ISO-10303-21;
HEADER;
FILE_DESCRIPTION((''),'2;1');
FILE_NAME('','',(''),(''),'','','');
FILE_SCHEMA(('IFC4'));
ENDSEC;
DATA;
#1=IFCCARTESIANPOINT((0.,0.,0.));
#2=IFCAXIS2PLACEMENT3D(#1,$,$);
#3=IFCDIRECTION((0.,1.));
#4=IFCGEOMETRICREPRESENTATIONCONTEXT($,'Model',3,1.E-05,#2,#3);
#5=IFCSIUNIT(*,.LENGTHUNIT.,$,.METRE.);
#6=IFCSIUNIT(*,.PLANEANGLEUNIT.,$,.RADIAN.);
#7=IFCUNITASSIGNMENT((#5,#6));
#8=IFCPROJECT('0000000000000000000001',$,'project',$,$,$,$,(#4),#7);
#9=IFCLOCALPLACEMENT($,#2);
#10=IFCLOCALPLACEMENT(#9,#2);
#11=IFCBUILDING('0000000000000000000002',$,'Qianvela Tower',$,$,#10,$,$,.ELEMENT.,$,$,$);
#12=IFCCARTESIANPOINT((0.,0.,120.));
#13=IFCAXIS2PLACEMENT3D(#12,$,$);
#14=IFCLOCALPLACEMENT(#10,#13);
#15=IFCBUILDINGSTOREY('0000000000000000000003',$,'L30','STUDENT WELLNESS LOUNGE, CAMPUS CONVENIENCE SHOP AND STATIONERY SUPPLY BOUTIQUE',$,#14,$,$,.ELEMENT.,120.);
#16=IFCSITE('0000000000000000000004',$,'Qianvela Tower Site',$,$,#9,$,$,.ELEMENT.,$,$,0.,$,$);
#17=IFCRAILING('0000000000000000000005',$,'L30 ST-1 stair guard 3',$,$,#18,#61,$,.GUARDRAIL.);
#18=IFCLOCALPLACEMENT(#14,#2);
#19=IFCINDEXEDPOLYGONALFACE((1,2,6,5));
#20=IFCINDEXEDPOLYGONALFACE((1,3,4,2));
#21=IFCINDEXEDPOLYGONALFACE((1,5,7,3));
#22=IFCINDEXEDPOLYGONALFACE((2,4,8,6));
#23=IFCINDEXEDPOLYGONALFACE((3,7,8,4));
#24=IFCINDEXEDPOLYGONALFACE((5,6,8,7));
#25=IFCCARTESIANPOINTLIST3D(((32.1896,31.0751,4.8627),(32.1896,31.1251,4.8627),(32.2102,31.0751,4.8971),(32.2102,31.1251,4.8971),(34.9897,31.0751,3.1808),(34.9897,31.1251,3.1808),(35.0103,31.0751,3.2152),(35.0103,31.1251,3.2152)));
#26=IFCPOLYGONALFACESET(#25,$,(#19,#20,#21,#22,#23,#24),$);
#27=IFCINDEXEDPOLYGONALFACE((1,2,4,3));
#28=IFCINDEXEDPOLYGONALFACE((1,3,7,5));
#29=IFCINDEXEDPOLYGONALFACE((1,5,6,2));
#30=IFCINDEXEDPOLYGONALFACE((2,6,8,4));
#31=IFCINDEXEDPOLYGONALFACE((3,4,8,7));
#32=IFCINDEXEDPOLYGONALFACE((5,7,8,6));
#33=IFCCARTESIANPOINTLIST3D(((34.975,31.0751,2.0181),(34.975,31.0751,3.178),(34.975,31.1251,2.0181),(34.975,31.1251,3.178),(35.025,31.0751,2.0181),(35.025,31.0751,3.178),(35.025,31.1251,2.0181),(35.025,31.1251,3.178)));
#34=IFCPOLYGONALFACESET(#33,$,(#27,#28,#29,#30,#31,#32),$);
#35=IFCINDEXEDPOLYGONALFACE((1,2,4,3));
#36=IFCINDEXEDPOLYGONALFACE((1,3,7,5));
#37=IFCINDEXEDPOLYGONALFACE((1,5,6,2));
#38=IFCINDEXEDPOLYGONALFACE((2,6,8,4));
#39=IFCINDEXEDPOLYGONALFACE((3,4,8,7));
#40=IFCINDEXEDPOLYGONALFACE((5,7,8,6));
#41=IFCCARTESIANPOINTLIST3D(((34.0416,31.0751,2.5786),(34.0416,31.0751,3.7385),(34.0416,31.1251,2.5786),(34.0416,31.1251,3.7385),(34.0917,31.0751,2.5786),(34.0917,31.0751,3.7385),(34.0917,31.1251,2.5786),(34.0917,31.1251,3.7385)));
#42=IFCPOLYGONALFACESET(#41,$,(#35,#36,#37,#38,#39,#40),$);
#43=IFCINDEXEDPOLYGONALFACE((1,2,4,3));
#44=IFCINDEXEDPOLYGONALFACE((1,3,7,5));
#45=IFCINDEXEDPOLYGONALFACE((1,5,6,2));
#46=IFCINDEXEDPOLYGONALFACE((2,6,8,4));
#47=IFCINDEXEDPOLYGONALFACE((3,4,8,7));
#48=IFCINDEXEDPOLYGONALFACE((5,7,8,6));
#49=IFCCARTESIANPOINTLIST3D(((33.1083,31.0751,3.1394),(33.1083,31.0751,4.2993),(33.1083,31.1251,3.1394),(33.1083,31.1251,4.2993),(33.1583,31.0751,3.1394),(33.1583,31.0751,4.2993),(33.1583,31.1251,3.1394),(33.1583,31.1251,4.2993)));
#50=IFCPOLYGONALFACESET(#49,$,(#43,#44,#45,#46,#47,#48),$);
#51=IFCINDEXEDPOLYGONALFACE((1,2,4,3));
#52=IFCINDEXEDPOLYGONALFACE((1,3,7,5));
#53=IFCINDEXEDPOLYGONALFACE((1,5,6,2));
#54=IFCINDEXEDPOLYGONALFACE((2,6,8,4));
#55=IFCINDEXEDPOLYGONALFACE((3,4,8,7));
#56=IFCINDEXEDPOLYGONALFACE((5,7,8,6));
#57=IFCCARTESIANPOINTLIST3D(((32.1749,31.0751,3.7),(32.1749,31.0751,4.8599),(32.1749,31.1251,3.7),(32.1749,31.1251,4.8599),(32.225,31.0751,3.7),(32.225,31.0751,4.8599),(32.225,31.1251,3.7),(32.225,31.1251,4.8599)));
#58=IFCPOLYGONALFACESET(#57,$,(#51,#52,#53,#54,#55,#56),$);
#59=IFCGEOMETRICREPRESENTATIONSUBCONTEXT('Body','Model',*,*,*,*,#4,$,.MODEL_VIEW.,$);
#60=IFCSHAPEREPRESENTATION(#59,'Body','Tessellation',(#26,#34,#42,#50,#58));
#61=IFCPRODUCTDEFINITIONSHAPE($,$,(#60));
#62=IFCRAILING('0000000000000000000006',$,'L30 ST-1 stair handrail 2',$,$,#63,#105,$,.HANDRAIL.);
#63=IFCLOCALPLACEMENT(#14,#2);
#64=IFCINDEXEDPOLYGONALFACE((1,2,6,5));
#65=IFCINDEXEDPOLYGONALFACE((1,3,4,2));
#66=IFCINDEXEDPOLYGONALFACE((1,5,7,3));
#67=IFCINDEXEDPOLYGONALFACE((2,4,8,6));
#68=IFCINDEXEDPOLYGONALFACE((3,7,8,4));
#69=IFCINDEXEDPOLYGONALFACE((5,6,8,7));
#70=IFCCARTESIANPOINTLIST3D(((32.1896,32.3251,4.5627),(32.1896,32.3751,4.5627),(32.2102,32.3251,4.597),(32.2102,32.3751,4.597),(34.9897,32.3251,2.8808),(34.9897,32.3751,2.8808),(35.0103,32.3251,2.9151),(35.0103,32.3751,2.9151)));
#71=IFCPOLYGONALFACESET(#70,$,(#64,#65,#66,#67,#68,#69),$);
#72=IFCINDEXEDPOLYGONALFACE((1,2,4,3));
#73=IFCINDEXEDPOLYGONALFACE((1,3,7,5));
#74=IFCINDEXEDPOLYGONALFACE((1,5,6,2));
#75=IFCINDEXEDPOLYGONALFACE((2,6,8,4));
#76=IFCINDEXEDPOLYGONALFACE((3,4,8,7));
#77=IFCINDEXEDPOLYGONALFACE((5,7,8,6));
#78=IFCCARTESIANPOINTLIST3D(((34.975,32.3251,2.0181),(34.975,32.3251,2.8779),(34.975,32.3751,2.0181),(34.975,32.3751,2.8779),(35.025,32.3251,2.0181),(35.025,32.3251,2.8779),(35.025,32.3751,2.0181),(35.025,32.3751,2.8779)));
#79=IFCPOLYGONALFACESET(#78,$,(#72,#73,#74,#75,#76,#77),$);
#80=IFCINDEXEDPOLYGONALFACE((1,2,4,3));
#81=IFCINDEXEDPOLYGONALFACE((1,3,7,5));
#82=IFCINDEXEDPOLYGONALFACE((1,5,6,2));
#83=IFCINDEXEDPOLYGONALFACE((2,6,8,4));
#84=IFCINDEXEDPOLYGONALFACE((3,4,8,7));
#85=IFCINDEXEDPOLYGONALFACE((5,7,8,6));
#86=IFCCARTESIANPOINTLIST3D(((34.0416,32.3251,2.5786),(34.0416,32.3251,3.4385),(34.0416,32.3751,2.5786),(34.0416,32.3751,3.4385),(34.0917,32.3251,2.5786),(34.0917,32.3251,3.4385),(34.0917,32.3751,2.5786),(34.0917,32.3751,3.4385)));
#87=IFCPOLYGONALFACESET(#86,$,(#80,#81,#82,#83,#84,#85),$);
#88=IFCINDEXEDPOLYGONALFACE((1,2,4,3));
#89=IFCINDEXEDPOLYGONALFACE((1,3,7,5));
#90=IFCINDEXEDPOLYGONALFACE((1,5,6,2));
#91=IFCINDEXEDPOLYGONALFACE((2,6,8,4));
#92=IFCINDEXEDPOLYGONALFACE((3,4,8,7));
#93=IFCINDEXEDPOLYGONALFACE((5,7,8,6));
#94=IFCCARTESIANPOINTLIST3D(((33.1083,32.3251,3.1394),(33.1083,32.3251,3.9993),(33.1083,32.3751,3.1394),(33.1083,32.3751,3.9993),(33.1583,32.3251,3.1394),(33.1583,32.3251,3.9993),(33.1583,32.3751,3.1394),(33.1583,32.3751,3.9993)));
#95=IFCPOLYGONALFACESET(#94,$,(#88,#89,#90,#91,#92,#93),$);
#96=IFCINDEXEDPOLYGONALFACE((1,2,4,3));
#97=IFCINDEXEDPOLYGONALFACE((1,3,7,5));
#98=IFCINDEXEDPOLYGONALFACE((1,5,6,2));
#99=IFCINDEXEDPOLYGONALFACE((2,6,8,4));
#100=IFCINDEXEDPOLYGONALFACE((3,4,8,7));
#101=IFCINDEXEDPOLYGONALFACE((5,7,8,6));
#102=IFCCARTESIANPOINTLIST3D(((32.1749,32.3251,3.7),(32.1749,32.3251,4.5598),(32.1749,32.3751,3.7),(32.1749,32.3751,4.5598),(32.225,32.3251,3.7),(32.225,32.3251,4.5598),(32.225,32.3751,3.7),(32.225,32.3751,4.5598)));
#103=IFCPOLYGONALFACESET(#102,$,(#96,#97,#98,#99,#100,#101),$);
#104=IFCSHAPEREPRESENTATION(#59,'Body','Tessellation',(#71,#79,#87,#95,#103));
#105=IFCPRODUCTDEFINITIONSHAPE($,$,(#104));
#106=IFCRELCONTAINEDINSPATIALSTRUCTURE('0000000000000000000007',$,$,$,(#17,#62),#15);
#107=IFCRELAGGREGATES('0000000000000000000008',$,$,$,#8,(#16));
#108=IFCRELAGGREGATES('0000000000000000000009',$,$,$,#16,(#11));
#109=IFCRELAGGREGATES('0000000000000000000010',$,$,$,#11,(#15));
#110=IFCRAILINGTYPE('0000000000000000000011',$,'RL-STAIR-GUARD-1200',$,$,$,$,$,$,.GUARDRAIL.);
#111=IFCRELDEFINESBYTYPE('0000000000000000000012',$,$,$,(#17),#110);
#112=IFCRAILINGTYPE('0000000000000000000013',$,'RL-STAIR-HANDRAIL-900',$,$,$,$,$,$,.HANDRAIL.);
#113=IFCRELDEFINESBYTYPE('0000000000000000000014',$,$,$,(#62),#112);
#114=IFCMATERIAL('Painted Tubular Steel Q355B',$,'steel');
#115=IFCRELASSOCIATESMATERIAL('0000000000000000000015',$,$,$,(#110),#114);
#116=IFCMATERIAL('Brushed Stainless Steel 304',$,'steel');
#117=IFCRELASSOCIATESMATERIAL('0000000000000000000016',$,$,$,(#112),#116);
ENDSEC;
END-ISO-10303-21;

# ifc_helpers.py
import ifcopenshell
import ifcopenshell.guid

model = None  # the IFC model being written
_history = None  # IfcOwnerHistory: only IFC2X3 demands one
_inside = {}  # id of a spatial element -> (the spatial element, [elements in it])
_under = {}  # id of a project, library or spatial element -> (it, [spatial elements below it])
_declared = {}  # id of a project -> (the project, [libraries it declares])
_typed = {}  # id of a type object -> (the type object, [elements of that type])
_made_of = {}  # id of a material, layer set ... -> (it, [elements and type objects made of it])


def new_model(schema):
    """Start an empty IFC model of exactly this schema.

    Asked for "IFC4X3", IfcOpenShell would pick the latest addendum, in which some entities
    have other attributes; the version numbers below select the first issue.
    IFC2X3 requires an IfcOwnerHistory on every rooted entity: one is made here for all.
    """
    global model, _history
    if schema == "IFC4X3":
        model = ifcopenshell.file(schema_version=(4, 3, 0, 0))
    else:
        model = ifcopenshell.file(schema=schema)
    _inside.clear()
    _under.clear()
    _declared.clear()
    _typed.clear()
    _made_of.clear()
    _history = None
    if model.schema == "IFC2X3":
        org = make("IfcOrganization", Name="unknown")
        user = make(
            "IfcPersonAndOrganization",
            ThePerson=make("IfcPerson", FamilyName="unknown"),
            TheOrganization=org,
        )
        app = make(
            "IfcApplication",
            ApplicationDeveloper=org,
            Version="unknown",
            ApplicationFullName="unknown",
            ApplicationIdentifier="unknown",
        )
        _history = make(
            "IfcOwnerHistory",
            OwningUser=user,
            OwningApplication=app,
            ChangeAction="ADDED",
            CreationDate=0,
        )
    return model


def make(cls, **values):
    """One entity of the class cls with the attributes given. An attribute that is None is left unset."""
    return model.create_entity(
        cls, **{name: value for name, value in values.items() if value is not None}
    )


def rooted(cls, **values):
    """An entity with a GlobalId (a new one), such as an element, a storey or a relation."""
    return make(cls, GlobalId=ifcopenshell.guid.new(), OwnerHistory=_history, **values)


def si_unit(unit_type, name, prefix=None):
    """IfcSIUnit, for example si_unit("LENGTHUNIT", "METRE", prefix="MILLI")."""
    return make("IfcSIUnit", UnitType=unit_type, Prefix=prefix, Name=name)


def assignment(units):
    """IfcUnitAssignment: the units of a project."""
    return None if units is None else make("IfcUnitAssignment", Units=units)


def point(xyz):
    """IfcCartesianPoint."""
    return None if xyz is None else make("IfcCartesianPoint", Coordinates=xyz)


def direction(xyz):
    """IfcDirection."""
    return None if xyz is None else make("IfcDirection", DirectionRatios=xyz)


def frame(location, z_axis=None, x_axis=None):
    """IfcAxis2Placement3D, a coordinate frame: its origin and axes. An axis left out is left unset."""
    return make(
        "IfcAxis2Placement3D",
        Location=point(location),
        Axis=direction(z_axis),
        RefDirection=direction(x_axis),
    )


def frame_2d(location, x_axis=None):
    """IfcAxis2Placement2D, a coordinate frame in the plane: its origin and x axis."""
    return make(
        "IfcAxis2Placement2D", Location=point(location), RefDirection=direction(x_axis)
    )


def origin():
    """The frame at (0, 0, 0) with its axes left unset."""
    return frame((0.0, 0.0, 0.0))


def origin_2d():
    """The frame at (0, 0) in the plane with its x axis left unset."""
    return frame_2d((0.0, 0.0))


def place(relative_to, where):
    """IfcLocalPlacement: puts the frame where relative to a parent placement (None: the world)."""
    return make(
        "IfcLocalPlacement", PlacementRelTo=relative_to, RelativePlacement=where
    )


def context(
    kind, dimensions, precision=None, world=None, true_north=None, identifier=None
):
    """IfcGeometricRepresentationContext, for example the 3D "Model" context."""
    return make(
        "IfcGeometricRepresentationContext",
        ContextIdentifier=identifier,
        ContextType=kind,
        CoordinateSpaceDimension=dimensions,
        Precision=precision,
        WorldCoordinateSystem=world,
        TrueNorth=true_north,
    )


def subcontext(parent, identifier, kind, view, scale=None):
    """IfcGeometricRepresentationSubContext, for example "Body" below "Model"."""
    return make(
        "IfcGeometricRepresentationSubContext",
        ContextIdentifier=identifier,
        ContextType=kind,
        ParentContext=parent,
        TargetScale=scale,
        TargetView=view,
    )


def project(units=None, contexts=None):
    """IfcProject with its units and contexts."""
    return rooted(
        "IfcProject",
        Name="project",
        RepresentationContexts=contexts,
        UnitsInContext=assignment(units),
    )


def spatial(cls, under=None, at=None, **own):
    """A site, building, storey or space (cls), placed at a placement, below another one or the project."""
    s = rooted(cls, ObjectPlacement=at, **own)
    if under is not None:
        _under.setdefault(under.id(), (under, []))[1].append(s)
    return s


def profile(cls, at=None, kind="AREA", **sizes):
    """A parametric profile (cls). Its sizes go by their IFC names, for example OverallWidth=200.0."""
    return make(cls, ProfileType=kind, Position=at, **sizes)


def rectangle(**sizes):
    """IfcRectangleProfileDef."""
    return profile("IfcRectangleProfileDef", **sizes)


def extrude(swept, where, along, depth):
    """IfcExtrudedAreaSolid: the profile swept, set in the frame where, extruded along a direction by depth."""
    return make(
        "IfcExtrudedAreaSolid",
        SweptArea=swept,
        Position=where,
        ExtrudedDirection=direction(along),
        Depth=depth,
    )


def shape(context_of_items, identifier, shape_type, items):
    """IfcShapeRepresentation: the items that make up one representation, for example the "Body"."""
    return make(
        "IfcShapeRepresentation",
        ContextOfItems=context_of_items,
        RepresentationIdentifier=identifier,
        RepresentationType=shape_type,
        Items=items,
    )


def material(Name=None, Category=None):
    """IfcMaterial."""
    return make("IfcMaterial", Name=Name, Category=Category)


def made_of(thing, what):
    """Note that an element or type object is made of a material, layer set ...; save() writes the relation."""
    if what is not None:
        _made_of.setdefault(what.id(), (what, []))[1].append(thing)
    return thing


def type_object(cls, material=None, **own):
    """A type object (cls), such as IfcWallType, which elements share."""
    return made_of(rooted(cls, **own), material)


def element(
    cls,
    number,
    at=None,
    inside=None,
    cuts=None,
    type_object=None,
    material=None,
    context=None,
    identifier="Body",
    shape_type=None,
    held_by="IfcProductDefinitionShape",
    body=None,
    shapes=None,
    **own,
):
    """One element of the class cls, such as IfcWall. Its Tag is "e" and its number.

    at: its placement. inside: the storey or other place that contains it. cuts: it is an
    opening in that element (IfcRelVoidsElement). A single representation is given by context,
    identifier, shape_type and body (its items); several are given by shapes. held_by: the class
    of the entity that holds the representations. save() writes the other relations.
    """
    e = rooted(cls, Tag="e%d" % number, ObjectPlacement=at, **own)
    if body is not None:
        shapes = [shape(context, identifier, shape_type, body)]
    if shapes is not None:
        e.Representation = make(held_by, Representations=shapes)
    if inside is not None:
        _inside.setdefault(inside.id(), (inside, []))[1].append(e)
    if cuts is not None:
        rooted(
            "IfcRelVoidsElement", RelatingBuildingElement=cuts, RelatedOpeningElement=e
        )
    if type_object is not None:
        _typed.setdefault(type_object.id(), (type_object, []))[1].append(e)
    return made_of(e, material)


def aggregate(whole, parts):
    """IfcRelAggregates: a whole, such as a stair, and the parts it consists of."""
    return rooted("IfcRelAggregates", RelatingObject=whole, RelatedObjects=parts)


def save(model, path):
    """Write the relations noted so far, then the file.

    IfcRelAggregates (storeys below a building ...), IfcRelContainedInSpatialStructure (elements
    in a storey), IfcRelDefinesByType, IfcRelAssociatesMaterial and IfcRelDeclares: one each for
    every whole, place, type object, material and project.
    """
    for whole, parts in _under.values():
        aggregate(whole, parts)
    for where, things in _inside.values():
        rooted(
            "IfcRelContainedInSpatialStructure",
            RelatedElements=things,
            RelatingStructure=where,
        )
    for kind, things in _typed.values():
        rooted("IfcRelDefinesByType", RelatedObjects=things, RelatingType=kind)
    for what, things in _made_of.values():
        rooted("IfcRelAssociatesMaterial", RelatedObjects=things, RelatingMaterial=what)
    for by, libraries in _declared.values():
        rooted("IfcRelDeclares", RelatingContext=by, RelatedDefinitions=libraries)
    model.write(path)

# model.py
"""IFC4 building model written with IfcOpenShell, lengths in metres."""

from ifc_helpers import new_model, si_unit, direction, frame, origin, origin_2d, place, context, subcontext, project, spatial, rectangle, extrude, material, type_object, element, save


model = new_model("IFC4")

# Units and contexts
model_context = context("Model", 3, precision=1e-05, world=origin(), true_north=direction((0.0, 1.0)))
body_context = subcontext(model_context, "Body", "Model", "MODEL_VIEW")
ifc_project = project(units=[si_unit("LENGTHUNIT", "METRE"), si_unit("PLANEANGLEUNIT", "RADIAN")], contexts=[model_context])

# Site, building, storey
site_placement = place(None, origin())
site = spatial("IfcSite", under=ifc_project, at=site_placement, Name="Qianvela Tower Site", CompositionType="ELEMENT", RefElevation=0.0)
building_placement = place(site_placement, origin())
building = spatial("IfcBuilding", under=site, at=building_placement, Name="Qianvela Tower", CompositionType="ELEMENT")
storey_placement = place(building_placement, frame((0.0, 0.0, 120.0)))
storey = spatial("IfcBuildingStorey", under=building, at=storey_placement, Name="L30", Description="STUDENT WELLNESS LOUNGE, CAMPUS CONVENIENCE SHOP AND STATIONERY SUPPLY BOUTIQUE", CompositionType="ELEMENT", Elevation=120.0)

# Railings
ifc_material_1 = material(Name="Painted Tubular Steel Q355B", Category="steel")
railing_type_1 = type_object("IfcRailingType", Name="RL-STAIR-GUARD-1200", PredefinedType="GUARDRAIL", material=ifc_material_1)
railing_1_placement = place(storey_placement, frame((35.0, 31.1001, 2.0181)))
element("IfcRailing", 1, at=railing_1_placement, inside=storey, type_object=railing_type_1, Name="L30 ST-1 stair guard 3", PredefinedType="GUARDRAIL", context=body_context, shape_type="SweptSolid", body=[
    extrude(rectangle(XDim=0.05, YDim=0.04, at=origin_2d()), frame((0.0, 0.0, 1.1799), z_axis=(-0.857242, 0.0, 0.514913), x_axis=(0.0, -1.0, 0.0)), (0.0, 0.0, 1.0), 3.2664),
    extrude(rectangle(XDim=0.05, YDim=0.05, at=origin_2d()), origin(), (0.0, 0.0, 1.0), 1.1599),
    extrude(rectangle(XDim=0.05, YDim=0.05, at=origin_2d()), frame((-0.9333, 0.0, 0.5605)), (0.0, 0.0, 1.0), 1.1599),
    extrude(rectangle(XDim=0.05, YDim=0.05, at=origin_2d()), frame((-1.8667, 0.0, 1.1213)), (0.0, 0.0, 1.0), 1.1599),
    extrude(rectangle(XDim=0.05, YDim=0.05, at=origin_2d()), frame((-2.8, 0.0, 1.6819)), (0.0, 0.0, 1.0), 1.1599),
])
ifc_material_2 = material(Name="Brushed Stainless Steel 304", Category="steel")
railing_type_2 = type_object("IfcRailingType", Name="RL-STAIR-HANDRAIL-900", PredefinedType="HANDRAIL", material=ifc_material_2)
railing_2_placement = place(storey_placement, frame((35.0, 32.3501, 2.0181)))
element("IfcRailing", 2, at=railing_2_placement, inside=storey, type_object=railing_type_2, Name="L30 ST-1 stair handrail 2", PredefinedType="HANDRAIL", context=body_context, shape_type="SweptSolid", body=[
    extrude(rectangle(XDim=0.05, YDim=0.04, at=origin_2d()), frame((0.0, 0.0, 0.8799), z_axis=(-0.857242, 0.0, 0.514913), x_axis=(0.0, -1.0, 0.0)), (0.0, 0.0, 1.0), 3.2664),
    extrude(rectangle(XDim=0.05, YDim=0.05, at=origin_2d()), origin(), (0.0, 0.0, 1.0), 0.8599),
    extrude(rectangle(XDim=0.05, YDim=0.05, at=origin_2d()), frame((-0.9333, 0.0, 0.5605)), (0.0, 0.0, 1.0), 0.8599),
    extrude(rectangle(XDim=0.05, YDim=0.05, at=origin_2d()), frame((-1.8667, 0.0, 1.1213)), (0.0, 0.0, 1.0), 0.8599),
    extrude(rectangle(XDim=0.05, YDim=0.05, at=origin_2d()), frame((-2.8, 0.0, 1.6819)), (0.0, 0.0, 1.0), 0.8599),
])

save(model, "model.ifc")
